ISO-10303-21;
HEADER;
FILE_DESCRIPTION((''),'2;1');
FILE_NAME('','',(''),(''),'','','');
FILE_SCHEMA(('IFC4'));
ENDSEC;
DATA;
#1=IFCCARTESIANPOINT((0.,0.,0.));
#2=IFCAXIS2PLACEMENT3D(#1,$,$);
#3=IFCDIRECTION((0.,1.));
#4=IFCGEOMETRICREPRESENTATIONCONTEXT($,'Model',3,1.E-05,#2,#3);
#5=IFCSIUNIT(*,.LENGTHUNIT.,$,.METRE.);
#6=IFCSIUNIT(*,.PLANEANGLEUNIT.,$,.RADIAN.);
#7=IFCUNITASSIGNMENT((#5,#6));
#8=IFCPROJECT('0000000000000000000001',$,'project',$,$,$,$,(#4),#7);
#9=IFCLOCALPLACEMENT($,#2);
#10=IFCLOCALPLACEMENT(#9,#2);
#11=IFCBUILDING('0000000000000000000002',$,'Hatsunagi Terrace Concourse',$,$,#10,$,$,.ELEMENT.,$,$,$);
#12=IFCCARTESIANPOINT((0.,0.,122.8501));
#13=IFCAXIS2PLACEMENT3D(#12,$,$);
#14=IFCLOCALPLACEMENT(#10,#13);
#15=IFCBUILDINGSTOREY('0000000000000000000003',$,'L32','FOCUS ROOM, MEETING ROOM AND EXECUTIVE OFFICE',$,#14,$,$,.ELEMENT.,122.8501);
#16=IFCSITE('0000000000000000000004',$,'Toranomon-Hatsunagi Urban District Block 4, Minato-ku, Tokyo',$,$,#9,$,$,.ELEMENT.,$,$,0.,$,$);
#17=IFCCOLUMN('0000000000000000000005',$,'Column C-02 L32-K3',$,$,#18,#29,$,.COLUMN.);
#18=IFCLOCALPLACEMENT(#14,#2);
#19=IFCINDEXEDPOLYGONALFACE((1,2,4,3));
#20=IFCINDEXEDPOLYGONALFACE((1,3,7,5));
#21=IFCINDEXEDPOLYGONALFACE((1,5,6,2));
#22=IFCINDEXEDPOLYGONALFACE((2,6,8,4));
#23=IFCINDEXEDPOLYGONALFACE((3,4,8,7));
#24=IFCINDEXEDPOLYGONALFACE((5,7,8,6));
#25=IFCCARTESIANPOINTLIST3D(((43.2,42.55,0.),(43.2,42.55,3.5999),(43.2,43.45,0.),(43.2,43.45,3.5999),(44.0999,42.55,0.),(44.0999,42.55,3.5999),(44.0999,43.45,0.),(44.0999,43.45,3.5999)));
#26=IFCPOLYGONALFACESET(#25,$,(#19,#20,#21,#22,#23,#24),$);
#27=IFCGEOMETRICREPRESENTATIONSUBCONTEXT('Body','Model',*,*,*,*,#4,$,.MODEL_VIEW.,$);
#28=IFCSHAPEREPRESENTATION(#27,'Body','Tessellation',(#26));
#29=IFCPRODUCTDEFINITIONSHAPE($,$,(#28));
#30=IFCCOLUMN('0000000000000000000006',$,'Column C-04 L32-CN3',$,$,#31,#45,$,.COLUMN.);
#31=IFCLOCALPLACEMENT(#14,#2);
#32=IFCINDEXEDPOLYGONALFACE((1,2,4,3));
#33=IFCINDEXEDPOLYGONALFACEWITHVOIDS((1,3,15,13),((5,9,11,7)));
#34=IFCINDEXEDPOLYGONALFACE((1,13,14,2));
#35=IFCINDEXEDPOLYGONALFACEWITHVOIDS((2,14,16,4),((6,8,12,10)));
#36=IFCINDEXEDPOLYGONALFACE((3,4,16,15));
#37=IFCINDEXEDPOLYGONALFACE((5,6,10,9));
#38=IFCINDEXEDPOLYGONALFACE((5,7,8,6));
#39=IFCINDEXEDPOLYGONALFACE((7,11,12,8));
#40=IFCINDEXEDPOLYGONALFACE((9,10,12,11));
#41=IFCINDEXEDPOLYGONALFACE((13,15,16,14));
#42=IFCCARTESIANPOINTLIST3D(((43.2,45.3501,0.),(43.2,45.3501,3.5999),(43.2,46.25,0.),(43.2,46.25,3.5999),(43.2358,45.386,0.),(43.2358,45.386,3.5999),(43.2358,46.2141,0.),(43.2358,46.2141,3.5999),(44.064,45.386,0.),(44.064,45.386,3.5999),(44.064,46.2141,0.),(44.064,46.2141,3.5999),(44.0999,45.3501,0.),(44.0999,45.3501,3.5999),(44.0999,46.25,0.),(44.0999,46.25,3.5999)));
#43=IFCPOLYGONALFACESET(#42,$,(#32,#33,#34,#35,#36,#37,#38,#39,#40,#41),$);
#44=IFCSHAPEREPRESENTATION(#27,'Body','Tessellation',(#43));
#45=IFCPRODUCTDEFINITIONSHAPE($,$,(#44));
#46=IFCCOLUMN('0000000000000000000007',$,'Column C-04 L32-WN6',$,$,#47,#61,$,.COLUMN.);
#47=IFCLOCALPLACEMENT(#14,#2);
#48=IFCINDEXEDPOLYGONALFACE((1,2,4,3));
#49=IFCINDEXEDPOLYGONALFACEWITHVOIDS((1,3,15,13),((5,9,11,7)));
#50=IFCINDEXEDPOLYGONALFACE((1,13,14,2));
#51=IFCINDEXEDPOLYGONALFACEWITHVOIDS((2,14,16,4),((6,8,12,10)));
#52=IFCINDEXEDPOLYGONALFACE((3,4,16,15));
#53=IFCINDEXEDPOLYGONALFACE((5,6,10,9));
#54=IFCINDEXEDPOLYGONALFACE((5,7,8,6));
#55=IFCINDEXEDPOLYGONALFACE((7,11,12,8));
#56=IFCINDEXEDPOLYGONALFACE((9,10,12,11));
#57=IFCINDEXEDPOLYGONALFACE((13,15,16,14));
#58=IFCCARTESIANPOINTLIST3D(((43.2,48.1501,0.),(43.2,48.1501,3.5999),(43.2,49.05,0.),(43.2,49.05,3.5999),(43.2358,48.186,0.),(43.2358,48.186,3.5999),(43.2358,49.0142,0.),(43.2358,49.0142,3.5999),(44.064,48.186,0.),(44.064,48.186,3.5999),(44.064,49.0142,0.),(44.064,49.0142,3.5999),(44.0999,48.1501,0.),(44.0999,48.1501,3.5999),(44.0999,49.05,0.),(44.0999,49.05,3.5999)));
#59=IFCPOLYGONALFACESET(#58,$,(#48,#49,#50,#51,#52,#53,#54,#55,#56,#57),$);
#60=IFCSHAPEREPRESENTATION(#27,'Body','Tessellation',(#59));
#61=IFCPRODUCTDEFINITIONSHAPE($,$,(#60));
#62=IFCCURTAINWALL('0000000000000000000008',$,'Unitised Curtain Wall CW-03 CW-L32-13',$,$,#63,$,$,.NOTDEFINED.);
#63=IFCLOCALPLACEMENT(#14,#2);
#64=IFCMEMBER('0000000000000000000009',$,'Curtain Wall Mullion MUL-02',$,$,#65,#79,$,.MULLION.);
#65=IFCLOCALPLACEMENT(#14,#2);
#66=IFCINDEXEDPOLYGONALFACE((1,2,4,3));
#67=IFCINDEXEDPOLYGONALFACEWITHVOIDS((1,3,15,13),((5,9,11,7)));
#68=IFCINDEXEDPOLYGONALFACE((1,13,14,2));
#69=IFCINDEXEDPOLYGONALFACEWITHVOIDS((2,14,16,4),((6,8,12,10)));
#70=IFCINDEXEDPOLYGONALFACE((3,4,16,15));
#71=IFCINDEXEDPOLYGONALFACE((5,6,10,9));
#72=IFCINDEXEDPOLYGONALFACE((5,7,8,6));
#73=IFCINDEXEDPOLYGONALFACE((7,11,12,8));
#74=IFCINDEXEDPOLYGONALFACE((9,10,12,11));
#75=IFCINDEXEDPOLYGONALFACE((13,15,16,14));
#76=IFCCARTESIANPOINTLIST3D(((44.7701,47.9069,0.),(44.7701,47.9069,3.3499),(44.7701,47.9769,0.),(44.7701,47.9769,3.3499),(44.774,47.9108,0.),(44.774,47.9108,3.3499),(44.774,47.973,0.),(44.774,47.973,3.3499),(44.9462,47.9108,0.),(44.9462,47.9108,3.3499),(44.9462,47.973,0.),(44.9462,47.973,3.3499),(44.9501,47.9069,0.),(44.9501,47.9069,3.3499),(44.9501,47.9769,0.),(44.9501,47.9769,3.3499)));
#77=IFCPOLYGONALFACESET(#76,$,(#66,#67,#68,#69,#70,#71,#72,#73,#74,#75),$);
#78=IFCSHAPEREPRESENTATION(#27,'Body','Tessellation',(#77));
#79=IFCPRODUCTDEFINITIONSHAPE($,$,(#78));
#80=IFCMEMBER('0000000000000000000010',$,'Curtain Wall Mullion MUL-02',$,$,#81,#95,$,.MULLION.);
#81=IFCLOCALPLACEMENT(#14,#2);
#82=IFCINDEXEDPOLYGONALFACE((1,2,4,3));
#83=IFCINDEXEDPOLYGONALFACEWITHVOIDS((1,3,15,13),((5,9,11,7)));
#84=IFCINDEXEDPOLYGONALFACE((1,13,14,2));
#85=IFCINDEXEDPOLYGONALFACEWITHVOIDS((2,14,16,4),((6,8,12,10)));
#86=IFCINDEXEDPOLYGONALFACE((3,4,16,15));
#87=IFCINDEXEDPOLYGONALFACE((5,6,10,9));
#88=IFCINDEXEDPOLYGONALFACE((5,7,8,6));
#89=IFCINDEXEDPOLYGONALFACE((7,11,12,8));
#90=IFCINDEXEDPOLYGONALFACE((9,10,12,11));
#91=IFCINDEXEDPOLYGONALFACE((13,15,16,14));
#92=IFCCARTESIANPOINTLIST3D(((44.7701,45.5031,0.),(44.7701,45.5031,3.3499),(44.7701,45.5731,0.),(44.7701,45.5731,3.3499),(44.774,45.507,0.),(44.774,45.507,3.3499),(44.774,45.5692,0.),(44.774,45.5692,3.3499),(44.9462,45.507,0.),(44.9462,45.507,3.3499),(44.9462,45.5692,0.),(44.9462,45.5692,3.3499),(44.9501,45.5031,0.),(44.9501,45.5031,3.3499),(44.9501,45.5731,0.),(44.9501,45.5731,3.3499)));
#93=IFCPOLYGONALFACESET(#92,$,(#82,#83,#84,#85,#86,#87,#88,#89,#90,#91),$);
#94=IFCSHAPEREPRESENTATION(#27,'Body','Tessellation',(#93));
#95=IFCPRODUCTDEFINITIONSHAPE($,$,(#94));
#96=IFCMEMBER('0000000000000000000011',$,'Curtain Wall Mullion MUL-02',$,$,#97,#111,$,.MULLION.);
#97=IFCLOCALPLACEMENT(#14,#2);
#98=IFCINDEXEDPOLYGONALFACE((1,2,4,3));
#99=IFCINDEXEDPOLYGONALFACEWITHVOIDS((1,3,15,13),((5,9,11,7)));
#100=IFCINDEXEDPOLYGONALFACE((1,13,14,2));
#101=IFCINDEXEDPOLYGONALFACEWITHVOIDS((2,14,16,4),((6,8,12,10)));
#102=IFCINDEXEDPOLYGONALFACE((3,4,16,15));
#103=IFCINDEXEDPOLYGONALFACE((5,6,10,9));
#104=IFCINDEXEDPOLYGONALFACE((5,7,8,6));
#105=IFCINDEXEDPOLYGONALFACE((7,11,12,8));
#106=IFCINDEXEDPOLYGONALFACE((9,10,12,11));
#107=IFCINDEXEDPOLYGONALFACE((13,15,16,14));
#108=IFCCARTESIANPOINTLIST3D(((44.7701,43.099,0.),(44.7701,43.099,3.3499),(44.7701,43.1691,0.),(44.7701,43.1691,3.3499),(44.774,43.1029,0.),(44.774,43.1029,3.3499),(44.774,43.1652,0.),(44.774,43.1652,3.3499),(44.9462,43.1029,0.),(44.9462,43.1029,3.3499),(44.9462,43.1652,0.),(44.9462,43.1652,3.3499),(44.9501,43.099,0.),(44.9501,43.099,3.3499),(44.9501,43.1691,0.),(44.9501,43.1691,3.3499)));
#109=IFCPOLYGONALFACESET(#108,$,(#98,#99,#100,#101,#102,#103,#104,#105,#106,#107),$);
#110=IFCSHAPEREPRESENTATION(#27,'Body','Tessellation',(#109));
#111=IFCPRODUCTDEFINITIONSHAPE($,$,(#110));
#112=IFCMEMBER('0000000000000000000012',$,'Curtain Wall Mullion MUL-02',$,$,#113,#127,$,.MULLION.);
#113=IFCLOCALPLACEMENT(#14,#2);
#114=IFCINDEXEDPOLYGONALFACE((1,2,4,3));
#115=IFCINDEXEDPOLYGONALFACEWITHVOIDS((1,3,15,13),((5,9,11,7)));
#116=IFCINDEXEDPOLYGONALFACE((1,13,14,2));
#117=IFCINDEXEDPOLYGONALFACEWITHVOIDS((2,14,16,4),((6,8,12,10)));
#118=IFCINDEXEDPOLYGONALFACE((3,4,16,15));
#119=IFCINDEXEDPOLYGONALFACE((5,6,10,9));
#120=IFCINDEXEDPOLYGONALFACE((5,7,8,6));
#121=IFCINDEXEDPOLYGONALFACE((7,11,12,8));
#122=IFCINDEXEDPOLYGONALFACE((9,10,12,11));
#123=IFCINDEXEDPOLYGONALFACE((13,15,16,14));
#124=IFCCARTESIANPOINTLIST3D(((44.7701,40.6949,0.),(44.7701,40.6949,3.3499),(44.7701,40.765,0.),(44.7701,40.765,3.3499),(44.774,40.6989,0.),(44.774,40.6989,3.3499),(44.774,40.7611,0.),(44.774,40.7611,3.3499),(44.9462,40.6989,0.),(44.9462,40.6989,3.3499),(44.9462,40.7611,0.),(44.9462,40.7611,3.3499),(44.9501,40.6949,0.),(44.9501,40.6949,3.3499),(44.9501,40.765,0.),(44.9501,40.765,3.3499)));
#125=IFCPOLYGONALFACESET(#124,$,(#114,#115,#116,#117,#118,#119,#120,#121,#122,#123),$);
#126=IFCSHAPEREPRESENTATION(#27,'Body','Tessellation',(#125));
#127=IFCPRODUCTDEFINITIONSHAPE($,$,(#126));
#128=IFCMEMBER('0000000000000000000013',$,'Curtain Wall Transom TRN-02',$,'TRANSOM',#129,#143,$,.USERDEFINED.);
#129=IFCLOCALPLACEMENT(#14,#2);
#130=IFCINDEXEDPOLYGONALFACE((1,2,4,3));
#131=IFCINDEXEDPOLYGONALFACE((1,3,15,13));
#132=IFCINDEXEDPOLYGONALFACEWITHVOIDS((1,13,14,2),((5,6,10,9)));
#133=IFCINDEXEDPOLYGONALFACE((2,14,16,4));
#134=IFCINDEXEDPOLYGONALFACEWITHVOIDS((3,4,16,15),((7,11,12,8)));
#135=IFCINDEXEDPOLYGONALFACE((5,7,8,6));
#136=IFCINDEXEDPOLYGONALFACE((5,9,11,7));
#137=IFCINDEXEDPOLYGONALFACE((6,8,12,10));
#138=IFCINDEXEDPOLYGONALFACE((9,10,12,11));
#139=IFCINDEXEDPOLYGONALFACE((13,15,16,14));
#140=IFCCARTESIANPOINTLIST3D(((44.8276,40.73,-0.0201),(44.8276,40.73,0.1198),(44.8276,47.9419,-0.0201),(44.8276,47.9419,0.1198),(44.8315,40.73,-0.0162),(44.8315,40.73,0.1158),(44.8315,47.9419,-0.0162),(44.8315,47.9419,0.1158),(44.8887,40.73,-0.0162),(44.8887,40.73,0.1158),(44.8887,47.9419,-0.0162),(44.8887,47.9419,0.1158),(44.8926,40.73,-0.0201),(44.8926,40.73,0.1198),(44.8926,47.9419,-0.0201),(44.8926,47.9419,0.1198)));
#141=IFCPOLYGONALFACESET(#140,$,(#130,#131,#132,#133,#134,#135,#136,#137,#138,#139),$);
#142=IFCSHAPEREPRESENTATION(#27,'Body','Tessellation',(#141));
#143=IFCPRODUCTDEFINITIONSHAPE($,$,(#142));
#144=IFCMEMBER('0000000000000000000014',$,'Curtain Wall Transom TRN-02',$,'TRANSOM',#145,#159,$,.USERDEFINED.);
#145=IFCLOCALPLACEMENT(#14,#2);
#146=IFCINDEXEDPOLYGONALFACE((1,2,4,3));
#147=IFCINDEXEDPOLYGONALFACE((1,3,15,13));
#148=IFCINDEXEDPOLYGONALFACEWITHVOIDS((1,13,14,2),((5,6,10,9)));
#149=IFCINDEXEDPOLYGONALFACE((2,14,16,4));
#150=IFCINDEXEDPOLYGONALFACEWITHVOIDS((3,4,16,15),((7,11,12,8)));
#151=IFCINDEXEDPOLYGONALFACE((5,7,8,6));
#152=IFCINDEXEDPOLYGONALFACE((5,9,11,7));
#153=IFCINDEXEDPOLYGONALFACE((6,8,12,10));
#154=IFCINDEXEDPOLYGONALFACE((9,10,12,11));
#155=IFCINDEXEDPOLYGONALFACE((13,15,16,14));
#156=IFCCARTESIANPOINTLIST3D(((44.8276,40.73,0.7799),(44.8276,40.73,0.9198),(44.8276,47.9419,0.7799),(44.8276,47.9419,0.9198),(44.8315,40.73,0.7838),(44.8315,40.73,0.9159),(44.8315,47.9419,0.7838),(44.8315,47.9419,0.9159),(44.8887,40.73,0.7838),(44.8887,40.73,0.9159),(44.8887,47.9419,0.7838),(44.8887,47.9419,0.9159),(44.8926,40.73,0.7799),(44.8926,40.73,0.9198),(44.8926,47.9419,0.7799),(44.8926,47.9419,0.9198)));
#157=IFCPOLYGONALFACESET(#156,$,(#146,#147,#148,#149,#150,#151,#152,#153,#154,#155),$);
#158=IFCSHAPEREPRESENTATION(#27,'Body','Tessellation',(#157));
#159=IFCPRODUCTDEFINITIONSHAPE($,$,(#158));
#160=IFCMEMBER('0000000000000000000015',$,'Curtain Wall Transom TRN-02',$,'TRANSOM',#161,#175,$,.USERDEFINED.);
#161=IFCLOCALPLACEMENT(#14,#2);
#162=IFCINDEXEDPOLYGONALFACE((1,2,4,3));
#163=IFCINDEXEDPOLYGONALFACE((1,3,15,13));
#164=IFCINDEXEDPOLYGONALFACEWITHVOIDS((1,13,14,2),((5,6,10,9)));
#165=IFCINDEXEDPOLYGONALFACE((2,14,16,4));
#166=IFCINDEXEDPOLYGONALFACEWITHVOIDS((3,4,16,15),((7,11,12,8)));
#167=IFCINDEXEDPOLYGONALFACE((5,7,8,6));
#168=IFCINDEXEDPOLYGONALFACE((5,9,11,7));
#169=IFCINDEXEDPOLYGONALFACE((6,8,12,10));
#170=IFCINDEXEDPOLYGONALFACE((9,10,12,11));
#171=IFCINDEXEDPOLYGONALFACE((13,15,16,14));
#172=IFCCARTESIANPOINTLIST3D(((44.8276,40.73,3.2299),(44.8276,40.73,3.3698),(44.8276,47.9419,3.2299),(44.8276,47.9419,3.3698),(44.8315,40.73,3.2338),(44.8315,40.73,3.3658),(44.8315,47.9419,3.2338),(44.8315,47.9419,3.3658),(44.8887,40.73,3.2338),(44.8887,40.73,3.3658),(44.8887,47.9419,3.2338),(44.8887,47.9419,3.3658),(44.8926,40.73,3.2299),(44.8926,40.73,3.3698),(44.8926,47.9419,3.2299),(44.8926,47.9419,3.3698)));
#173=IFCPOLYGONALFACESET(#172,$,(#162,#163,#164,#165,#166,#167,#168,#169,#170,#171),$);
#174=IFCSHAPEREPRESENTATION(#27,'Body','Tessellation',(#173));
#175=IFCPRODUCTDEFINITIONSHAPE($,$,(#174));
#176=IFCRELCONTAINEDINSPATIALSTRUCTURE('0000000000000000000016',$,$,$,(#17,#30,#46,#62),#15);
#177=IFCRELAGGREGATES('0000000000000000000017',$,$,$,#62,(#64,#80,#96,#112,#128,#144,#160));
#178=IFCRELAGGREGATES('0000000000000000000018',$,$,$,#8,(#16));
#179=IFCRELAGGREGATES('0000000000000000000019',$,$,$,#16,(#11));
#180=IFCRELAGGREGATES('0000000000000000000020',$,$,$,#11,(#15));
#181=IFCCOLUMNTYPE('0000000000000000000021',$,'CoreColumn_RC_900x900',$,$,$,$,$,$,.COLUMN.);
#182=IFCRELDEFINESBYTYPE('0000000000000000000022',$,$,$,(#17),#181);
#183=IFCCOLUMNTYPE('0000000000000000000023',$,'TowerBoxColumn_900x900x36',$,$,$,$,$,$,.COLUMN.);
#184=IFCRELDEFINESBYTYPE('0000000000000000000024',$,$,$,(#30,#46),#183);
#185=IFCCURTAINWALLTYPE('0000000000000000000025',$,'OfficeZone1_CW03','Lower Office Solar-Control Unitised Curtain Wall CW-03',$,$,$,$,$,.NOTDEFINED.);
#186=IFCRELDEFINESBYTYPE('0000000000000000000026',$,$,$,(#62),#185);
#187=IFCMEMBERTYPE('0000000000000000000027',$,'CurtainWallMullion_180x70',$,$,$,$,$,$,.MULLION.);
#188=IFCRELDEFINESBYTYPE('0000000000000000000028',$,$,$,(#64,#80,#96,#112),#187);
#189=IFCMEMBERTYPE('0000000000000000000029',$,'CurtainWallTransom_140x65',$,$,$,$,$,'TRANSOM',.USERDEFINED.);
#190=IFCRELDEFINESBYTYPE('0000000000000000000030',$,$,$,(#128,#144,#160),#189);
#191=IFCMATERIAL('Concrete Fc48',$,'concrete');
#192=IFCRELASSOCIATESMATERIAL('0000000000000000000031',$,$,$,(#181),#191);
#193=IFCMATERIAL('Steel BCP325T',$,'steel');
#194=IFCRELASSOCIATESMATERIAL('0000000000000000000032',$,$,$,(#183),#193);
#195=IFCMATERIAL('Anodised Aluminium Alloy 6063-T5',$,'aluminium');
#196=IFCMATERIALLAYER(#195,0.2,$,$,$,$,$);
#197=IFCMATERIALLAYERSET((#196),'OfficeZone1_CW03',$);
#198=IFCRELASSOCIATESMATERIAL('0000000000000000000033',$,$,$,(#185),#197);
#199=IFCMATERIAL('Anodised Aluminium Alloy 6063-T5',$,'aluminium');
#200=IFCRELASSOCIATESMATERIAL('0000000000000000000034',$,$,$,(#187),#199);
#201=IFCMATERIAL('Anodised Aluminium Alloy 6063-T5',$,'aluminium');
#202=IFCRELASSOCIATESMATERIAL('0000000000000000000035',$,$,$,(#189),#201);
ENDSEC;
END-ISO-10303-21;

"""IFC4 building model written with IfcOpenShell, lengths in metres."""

from ifc_helpers import new_model, si_unit, direction, frame, origin, origin_2d, place, context, subcontext, project, spatial, rectangle, hollow_rectangle, extrude, material, layer, layer_set, material_profile, profile_set, type_object, element, aggregate, save


model = new_model("IFC4")

# Units and contexts
model_context = context("Model", 3, precision=1e-05, world=origin(), true_north=direction((0.0, 1.0)))
body_context = subcontext(model_context, "Body", "Model", "MODEL_VIEW")
ifc_project = project(units=[si_unit("LENGTHUNIT", "METRE"), si_unit("PLANEANGLEUNIT", "RADIAN")], contexts=[model_context])

# Site, building, storey
site_placement = place(None, origin())
site = spatial("IfcSite", under=ifc_project, at=site_placement, Name="Toranomon-Hatsunagi Urban District Block 4, Minato-ku, Tokyo", CompositionType="ELEMENT", RefElevation=0.0)
building_placement = place(site_placement, origin())
building = spatial("IfcBuilding", under=site, at=building_placement, Name="Hatsunagi Terrace Concourse", CompositionType="ELEMENT")
storey_placement = place(building_placement, frame((0.0, 0.0, 122.8501)))
storey = spatial("IfcBuildingStorey", under=building, at=storey_placement, Name="L32", Description="FOCUS ROOM, MEETING ROOM AND EXECUTIVE OFFICE", CompositionType="ELEMENT", Elevation=122.8501)

# Columns
ifc_material_1 = material(Name="Concrete Fc48", Category="concrete")
ifc_material_profile_1 = material_profile(ifc_material_1, rectangle(XDim=0.8999, YDim=0.8999, at=origin_2d()), Name="RC-900x900")
ifc_profile_set_1 = profile_set([ifc_material_profile_1], Name="Concrete Fc48")
column_type_1 = type_object("IfcColumnType", Name="CoreColumn_RC_900x900", PredefinedType="COLUMN", material=ifc_profile_set_1)
column_placement = place(storey_placement, frame((43.6499, 43.0, 0.0), z_axis=(0.0, 0.0, 1.0), x_axis=(1.0, 0.0, 0.0)))
element("IfcColumn", 1, at=column_placement, inside=storey, type_object=column_type_1, Name="Column C-02 L32-K3", PredefinedType="COLUMN", context=body_context, shape_type="SweptSolid", body=[
    extrude(rectangle(XDim=0.8999, YDim=0.8999, at=origin_2d()), origin(), (0.0, 0.0, 1.0), 3.5999),
])
ifc_material_2 = material(Name="Steel BCP325T", Category="steel")
ifc_material_profile_2 = material_profile(ifc_material_2, hollow_rectangle(XDim=0.8999, YDim=0.8999, WallThickness=0.0359, at=origin_2d()), Name="BCP-900x900x36")
ifc_profile_set_2 = profile_set([ifc_material_profile_2], Name="Steel BCP325T")
column_type_2 = type_object("IfcColumnType", Name="TowerBoxColumn_900x900x36", PredefinedType="COLUMN", material=ifc_profile_set_2)
for number, where, z_axis, x_axis, name in (
    (2, (43.6499, 45.8, 0.0), (0.0, 0.0, 1.0), (1.0, 0.0, 0.0), "Column C-04 L32-CN3"),
    (3, (43.6499, 48.6001, 0.0), (0.0, 0.0, 1.0), (1.0, 0.0, 0.0), "Column C-04 L32-WN6"),
):
    element("IfcColumn", number, at=place(storey_placement, frame(where, z_axis=z_axis, x_axis=x_axis)), inside=storey, type_object=column_type_2, Name=name, PredefinedType="COLUMN", context=body_context, shape_type="SweptSolid", body=[
        extrude(hollow_rectangle(XDim=0.8999, YDim=0.8999, WallThickness=0.0359, at=origin_2d()), origin(), (0.0, 0.0, 1.0), 3.5999),
    ])

# Curtain wall, members
ifc_material_3 = material(Name="Anodised Aluminium Alloy 6063-T5", Category="aluminium")
ifc_layer_1 = layer(ifc_material_3, 0.2)
ifc_layer_set_1 = layer_set([ifc_layer_1], Name="OfficeZone1_CW03")
curtain_wall_type = type_object("IfcCurtainWallType", Name="OfficeZone1_CW03", Description="Lower Office Solar-Control Unitised Curtain Wall CW-03", PredefinedType="NOTDEFINED", material=ifc_layer_set_1)
curtain_wall_placement = place(storey_placement, origin())
curtain_wall = element("IfcCurtainWall", 4, at=curtain_wall_placement, inside=storey, type_object=curtain_wall_type, Name="Unitised Curtain Wall CW-03 CW-L32-13", PredefinedType="NOTDEFINED")
ifc_material_4 = material(Name="Anodised Aluminium Alloy 6063-T5", Category="aluminium")
ifc_material_profile_3 = material_profile(ifc_material_4, hollow_rectangle(XDim=0.0701, YDim=0.1799, WallThickness=0.0039, at=origin_2d()), Name="ALU-MUL-180x70x4")
ifc_profile_set_3 = profile_set([ifc_material_profile_3], Name="Anodised Aluminium Alloy 6063-T5")
member_type_1 = type_object("IfcMemberType", Name="CurtainWallMullion_180x70", PredefinedType="MULLION", material=ifc_profile_set_3)
member_1_placement = place(storey_placement, frame((44.8601, 47.9419, 0.0), z_axis=(0.0, 0.0, 1.0), x_axis=(0.0, -1.0, 0.0)))
member_1 = element("IfcMember", 5, at=member_1_placement, type_object=member_type_1, Name="Curtain Wall Mullion MUL-02", PredefinedType="MULLION", context=body_context, shape_type="SweptSolid", body=[
    extrude(hollow_rectangle(XDim=0.0701, YDim=0.1799, WallThickness=0.0039, at=origin_2d()), origin(), (0.0, 0.0, 1.0), 3.3499),
])
member_2_placement = place(storey_placement, frame((44.8601, 45.5381, 0.0), z_axis=(0.0, 0.0, 1.0), x_axis=(0.0, -1.0, 0.0)))
member_2 = element("IfcMember", 6, at=member_2_placement, type_object=member_type_1, Name="Curtain Wall Mullion MUL-02", PredefinedType="MULLION", context=body_context, shape_type="SweptSolid", body=[
    extrude(hollow_rectangle(XDim=0.0701, YDim=0.1799, WallThickness=0.0039, at=origin_2d()), origin(), (0.0, 0.0, 1.0), 3.3499),
])
member_3_placement = place(storey_placement, frame((44.8601, 43.134, 0.0), z_axis=(0.0, 0.0, 1.0), x_axis=(0.0, -1.0, 0.0)))
member_3 = element("IfcMember", 7, at=member_3_placement, type_object=member_type_1, Name="Curtain Wall Mullion MUL-02", PredefinedType="MULLION", context=body_context, shape_type="SweptSolid", body=[
    extrude(hollow_rectangle(XDim=0.0701, YDim=0.1799, WallThickness=0.0039, at=origin_2d()), origin(), (0.0, 0.0, 1.0), 3.3499),
])
member_4_placement = place(storey_placement, frame((44.8601, 40.73, 0.0), z_axis=(0.0, 0.0, 1.0), x_axis=(0.0, -1.0, 0.0)))
member_4 = element("IfcMember", 8, at=member_4_placement, type_object=member_type_1, Name="Curtain Wall Mullion MUL-02", PredefinedType="MULLION", context=body_context, shape_type="SweptSolid", body=[
    extrude(hollow_rectangle(XDim=0.0701, YDim=0.1799, WallThickness=0.0039, at=origin_2d()), origin(), (0.0, 0.0, 1.0), 3.3499),
])
ifc_material_5 = material(Name="Anodised Aluminium Alloy 6063-T5", Category="aluminium")
ifc_material_profile_4 = material_profile(ifc_material_5, hollow_rectangle(XDim=0.0649, YDim=0.1399, WallThickness=0.0039, at=origin_2d()), Name="ALU-TRN-140x65x4")
ifc_profile_set_4 = profile_set([ifc_material_profile_4], Name="Anodised Aluminium Alloy 6063-T5")
member_type_2 = type_object("IfcMemberType", Name="CurtainWallTransom_140x65", ElementType="TRANSOM", PredefinedType="USERDEFINED", material=ifc_profile_set_4)
member_5_placement = place(storey_placement, frame((44.8601, 47.9419, 0.0498), z_axis=(0.0, -1.0, 0.0), x_axis=(1.0, 0.0, 0.0)))
member_5 = element("IfcMember", 9, at=member_5_placement, type_object=member_type_2, Name="Curtain Wall Transom TRN-02", ObjectType="TRANSOM", PredefinedType="USERDEFINED", context=body_context, shape_type="SweptSolid", body=[
    extrude(hollow_rectangle(XDim=0.0649, YDim=0.1399, WallThickness=0.0039, at=origin_2d()), origin(), (0.0, 0.0, 1.0), 7.2119),
])
member_6_placement = place(storey_placement, frame((44.8601, 47.9419, 0.8499), z_axis=(0.0, -1.0, 0.0), x_axis=(1.0, 0.0, 0.0)))
member_6 = element("IfcMember", 10, at=member_6_placement, type_object=member_type_2, Name="Curtain Wall Transom TRN-02", ObjectType="TRANSOM", PredefinedType="USERDEFINED", context=body_context, shape_type="SweptSolid", body=[
    extrude(hollow_rectangle(XDim=0.0649, YDim=0.1399, WallThickness=0.0039, at=origin_2d()), origin(), (0.0, 0.0, 1.0), 7.2119),
])
member_7_placement = place(storey_placement, frame((44.8601, 47.9419, 3.2998), z_axis=(0.0, -1.0, 0.0), x_axis=(1.0, 0.0, 0.0)))
member_7 = element("IfcMember", 11, at=member_7_placement, type_object=member_type_2, Name="Curtain Wall Transom TRN-02", ObjectType="TRANSOM", PredefinedType="USERDEFINED", context=body_context, shape_type="SweptSolid", body=[
    extrude(hollow_rectangle(XDim=0.0649, YDim=0.1399, WallThickness=0.0039, at=origin_2d()), origin(), (0.0, 0.0, 1.0), 7.2119),
])

aggregate(curtain_wall, [member_1, member_2, member_3, member_4, member_5, member_6, member_7])

save(model, "model.ifc")
